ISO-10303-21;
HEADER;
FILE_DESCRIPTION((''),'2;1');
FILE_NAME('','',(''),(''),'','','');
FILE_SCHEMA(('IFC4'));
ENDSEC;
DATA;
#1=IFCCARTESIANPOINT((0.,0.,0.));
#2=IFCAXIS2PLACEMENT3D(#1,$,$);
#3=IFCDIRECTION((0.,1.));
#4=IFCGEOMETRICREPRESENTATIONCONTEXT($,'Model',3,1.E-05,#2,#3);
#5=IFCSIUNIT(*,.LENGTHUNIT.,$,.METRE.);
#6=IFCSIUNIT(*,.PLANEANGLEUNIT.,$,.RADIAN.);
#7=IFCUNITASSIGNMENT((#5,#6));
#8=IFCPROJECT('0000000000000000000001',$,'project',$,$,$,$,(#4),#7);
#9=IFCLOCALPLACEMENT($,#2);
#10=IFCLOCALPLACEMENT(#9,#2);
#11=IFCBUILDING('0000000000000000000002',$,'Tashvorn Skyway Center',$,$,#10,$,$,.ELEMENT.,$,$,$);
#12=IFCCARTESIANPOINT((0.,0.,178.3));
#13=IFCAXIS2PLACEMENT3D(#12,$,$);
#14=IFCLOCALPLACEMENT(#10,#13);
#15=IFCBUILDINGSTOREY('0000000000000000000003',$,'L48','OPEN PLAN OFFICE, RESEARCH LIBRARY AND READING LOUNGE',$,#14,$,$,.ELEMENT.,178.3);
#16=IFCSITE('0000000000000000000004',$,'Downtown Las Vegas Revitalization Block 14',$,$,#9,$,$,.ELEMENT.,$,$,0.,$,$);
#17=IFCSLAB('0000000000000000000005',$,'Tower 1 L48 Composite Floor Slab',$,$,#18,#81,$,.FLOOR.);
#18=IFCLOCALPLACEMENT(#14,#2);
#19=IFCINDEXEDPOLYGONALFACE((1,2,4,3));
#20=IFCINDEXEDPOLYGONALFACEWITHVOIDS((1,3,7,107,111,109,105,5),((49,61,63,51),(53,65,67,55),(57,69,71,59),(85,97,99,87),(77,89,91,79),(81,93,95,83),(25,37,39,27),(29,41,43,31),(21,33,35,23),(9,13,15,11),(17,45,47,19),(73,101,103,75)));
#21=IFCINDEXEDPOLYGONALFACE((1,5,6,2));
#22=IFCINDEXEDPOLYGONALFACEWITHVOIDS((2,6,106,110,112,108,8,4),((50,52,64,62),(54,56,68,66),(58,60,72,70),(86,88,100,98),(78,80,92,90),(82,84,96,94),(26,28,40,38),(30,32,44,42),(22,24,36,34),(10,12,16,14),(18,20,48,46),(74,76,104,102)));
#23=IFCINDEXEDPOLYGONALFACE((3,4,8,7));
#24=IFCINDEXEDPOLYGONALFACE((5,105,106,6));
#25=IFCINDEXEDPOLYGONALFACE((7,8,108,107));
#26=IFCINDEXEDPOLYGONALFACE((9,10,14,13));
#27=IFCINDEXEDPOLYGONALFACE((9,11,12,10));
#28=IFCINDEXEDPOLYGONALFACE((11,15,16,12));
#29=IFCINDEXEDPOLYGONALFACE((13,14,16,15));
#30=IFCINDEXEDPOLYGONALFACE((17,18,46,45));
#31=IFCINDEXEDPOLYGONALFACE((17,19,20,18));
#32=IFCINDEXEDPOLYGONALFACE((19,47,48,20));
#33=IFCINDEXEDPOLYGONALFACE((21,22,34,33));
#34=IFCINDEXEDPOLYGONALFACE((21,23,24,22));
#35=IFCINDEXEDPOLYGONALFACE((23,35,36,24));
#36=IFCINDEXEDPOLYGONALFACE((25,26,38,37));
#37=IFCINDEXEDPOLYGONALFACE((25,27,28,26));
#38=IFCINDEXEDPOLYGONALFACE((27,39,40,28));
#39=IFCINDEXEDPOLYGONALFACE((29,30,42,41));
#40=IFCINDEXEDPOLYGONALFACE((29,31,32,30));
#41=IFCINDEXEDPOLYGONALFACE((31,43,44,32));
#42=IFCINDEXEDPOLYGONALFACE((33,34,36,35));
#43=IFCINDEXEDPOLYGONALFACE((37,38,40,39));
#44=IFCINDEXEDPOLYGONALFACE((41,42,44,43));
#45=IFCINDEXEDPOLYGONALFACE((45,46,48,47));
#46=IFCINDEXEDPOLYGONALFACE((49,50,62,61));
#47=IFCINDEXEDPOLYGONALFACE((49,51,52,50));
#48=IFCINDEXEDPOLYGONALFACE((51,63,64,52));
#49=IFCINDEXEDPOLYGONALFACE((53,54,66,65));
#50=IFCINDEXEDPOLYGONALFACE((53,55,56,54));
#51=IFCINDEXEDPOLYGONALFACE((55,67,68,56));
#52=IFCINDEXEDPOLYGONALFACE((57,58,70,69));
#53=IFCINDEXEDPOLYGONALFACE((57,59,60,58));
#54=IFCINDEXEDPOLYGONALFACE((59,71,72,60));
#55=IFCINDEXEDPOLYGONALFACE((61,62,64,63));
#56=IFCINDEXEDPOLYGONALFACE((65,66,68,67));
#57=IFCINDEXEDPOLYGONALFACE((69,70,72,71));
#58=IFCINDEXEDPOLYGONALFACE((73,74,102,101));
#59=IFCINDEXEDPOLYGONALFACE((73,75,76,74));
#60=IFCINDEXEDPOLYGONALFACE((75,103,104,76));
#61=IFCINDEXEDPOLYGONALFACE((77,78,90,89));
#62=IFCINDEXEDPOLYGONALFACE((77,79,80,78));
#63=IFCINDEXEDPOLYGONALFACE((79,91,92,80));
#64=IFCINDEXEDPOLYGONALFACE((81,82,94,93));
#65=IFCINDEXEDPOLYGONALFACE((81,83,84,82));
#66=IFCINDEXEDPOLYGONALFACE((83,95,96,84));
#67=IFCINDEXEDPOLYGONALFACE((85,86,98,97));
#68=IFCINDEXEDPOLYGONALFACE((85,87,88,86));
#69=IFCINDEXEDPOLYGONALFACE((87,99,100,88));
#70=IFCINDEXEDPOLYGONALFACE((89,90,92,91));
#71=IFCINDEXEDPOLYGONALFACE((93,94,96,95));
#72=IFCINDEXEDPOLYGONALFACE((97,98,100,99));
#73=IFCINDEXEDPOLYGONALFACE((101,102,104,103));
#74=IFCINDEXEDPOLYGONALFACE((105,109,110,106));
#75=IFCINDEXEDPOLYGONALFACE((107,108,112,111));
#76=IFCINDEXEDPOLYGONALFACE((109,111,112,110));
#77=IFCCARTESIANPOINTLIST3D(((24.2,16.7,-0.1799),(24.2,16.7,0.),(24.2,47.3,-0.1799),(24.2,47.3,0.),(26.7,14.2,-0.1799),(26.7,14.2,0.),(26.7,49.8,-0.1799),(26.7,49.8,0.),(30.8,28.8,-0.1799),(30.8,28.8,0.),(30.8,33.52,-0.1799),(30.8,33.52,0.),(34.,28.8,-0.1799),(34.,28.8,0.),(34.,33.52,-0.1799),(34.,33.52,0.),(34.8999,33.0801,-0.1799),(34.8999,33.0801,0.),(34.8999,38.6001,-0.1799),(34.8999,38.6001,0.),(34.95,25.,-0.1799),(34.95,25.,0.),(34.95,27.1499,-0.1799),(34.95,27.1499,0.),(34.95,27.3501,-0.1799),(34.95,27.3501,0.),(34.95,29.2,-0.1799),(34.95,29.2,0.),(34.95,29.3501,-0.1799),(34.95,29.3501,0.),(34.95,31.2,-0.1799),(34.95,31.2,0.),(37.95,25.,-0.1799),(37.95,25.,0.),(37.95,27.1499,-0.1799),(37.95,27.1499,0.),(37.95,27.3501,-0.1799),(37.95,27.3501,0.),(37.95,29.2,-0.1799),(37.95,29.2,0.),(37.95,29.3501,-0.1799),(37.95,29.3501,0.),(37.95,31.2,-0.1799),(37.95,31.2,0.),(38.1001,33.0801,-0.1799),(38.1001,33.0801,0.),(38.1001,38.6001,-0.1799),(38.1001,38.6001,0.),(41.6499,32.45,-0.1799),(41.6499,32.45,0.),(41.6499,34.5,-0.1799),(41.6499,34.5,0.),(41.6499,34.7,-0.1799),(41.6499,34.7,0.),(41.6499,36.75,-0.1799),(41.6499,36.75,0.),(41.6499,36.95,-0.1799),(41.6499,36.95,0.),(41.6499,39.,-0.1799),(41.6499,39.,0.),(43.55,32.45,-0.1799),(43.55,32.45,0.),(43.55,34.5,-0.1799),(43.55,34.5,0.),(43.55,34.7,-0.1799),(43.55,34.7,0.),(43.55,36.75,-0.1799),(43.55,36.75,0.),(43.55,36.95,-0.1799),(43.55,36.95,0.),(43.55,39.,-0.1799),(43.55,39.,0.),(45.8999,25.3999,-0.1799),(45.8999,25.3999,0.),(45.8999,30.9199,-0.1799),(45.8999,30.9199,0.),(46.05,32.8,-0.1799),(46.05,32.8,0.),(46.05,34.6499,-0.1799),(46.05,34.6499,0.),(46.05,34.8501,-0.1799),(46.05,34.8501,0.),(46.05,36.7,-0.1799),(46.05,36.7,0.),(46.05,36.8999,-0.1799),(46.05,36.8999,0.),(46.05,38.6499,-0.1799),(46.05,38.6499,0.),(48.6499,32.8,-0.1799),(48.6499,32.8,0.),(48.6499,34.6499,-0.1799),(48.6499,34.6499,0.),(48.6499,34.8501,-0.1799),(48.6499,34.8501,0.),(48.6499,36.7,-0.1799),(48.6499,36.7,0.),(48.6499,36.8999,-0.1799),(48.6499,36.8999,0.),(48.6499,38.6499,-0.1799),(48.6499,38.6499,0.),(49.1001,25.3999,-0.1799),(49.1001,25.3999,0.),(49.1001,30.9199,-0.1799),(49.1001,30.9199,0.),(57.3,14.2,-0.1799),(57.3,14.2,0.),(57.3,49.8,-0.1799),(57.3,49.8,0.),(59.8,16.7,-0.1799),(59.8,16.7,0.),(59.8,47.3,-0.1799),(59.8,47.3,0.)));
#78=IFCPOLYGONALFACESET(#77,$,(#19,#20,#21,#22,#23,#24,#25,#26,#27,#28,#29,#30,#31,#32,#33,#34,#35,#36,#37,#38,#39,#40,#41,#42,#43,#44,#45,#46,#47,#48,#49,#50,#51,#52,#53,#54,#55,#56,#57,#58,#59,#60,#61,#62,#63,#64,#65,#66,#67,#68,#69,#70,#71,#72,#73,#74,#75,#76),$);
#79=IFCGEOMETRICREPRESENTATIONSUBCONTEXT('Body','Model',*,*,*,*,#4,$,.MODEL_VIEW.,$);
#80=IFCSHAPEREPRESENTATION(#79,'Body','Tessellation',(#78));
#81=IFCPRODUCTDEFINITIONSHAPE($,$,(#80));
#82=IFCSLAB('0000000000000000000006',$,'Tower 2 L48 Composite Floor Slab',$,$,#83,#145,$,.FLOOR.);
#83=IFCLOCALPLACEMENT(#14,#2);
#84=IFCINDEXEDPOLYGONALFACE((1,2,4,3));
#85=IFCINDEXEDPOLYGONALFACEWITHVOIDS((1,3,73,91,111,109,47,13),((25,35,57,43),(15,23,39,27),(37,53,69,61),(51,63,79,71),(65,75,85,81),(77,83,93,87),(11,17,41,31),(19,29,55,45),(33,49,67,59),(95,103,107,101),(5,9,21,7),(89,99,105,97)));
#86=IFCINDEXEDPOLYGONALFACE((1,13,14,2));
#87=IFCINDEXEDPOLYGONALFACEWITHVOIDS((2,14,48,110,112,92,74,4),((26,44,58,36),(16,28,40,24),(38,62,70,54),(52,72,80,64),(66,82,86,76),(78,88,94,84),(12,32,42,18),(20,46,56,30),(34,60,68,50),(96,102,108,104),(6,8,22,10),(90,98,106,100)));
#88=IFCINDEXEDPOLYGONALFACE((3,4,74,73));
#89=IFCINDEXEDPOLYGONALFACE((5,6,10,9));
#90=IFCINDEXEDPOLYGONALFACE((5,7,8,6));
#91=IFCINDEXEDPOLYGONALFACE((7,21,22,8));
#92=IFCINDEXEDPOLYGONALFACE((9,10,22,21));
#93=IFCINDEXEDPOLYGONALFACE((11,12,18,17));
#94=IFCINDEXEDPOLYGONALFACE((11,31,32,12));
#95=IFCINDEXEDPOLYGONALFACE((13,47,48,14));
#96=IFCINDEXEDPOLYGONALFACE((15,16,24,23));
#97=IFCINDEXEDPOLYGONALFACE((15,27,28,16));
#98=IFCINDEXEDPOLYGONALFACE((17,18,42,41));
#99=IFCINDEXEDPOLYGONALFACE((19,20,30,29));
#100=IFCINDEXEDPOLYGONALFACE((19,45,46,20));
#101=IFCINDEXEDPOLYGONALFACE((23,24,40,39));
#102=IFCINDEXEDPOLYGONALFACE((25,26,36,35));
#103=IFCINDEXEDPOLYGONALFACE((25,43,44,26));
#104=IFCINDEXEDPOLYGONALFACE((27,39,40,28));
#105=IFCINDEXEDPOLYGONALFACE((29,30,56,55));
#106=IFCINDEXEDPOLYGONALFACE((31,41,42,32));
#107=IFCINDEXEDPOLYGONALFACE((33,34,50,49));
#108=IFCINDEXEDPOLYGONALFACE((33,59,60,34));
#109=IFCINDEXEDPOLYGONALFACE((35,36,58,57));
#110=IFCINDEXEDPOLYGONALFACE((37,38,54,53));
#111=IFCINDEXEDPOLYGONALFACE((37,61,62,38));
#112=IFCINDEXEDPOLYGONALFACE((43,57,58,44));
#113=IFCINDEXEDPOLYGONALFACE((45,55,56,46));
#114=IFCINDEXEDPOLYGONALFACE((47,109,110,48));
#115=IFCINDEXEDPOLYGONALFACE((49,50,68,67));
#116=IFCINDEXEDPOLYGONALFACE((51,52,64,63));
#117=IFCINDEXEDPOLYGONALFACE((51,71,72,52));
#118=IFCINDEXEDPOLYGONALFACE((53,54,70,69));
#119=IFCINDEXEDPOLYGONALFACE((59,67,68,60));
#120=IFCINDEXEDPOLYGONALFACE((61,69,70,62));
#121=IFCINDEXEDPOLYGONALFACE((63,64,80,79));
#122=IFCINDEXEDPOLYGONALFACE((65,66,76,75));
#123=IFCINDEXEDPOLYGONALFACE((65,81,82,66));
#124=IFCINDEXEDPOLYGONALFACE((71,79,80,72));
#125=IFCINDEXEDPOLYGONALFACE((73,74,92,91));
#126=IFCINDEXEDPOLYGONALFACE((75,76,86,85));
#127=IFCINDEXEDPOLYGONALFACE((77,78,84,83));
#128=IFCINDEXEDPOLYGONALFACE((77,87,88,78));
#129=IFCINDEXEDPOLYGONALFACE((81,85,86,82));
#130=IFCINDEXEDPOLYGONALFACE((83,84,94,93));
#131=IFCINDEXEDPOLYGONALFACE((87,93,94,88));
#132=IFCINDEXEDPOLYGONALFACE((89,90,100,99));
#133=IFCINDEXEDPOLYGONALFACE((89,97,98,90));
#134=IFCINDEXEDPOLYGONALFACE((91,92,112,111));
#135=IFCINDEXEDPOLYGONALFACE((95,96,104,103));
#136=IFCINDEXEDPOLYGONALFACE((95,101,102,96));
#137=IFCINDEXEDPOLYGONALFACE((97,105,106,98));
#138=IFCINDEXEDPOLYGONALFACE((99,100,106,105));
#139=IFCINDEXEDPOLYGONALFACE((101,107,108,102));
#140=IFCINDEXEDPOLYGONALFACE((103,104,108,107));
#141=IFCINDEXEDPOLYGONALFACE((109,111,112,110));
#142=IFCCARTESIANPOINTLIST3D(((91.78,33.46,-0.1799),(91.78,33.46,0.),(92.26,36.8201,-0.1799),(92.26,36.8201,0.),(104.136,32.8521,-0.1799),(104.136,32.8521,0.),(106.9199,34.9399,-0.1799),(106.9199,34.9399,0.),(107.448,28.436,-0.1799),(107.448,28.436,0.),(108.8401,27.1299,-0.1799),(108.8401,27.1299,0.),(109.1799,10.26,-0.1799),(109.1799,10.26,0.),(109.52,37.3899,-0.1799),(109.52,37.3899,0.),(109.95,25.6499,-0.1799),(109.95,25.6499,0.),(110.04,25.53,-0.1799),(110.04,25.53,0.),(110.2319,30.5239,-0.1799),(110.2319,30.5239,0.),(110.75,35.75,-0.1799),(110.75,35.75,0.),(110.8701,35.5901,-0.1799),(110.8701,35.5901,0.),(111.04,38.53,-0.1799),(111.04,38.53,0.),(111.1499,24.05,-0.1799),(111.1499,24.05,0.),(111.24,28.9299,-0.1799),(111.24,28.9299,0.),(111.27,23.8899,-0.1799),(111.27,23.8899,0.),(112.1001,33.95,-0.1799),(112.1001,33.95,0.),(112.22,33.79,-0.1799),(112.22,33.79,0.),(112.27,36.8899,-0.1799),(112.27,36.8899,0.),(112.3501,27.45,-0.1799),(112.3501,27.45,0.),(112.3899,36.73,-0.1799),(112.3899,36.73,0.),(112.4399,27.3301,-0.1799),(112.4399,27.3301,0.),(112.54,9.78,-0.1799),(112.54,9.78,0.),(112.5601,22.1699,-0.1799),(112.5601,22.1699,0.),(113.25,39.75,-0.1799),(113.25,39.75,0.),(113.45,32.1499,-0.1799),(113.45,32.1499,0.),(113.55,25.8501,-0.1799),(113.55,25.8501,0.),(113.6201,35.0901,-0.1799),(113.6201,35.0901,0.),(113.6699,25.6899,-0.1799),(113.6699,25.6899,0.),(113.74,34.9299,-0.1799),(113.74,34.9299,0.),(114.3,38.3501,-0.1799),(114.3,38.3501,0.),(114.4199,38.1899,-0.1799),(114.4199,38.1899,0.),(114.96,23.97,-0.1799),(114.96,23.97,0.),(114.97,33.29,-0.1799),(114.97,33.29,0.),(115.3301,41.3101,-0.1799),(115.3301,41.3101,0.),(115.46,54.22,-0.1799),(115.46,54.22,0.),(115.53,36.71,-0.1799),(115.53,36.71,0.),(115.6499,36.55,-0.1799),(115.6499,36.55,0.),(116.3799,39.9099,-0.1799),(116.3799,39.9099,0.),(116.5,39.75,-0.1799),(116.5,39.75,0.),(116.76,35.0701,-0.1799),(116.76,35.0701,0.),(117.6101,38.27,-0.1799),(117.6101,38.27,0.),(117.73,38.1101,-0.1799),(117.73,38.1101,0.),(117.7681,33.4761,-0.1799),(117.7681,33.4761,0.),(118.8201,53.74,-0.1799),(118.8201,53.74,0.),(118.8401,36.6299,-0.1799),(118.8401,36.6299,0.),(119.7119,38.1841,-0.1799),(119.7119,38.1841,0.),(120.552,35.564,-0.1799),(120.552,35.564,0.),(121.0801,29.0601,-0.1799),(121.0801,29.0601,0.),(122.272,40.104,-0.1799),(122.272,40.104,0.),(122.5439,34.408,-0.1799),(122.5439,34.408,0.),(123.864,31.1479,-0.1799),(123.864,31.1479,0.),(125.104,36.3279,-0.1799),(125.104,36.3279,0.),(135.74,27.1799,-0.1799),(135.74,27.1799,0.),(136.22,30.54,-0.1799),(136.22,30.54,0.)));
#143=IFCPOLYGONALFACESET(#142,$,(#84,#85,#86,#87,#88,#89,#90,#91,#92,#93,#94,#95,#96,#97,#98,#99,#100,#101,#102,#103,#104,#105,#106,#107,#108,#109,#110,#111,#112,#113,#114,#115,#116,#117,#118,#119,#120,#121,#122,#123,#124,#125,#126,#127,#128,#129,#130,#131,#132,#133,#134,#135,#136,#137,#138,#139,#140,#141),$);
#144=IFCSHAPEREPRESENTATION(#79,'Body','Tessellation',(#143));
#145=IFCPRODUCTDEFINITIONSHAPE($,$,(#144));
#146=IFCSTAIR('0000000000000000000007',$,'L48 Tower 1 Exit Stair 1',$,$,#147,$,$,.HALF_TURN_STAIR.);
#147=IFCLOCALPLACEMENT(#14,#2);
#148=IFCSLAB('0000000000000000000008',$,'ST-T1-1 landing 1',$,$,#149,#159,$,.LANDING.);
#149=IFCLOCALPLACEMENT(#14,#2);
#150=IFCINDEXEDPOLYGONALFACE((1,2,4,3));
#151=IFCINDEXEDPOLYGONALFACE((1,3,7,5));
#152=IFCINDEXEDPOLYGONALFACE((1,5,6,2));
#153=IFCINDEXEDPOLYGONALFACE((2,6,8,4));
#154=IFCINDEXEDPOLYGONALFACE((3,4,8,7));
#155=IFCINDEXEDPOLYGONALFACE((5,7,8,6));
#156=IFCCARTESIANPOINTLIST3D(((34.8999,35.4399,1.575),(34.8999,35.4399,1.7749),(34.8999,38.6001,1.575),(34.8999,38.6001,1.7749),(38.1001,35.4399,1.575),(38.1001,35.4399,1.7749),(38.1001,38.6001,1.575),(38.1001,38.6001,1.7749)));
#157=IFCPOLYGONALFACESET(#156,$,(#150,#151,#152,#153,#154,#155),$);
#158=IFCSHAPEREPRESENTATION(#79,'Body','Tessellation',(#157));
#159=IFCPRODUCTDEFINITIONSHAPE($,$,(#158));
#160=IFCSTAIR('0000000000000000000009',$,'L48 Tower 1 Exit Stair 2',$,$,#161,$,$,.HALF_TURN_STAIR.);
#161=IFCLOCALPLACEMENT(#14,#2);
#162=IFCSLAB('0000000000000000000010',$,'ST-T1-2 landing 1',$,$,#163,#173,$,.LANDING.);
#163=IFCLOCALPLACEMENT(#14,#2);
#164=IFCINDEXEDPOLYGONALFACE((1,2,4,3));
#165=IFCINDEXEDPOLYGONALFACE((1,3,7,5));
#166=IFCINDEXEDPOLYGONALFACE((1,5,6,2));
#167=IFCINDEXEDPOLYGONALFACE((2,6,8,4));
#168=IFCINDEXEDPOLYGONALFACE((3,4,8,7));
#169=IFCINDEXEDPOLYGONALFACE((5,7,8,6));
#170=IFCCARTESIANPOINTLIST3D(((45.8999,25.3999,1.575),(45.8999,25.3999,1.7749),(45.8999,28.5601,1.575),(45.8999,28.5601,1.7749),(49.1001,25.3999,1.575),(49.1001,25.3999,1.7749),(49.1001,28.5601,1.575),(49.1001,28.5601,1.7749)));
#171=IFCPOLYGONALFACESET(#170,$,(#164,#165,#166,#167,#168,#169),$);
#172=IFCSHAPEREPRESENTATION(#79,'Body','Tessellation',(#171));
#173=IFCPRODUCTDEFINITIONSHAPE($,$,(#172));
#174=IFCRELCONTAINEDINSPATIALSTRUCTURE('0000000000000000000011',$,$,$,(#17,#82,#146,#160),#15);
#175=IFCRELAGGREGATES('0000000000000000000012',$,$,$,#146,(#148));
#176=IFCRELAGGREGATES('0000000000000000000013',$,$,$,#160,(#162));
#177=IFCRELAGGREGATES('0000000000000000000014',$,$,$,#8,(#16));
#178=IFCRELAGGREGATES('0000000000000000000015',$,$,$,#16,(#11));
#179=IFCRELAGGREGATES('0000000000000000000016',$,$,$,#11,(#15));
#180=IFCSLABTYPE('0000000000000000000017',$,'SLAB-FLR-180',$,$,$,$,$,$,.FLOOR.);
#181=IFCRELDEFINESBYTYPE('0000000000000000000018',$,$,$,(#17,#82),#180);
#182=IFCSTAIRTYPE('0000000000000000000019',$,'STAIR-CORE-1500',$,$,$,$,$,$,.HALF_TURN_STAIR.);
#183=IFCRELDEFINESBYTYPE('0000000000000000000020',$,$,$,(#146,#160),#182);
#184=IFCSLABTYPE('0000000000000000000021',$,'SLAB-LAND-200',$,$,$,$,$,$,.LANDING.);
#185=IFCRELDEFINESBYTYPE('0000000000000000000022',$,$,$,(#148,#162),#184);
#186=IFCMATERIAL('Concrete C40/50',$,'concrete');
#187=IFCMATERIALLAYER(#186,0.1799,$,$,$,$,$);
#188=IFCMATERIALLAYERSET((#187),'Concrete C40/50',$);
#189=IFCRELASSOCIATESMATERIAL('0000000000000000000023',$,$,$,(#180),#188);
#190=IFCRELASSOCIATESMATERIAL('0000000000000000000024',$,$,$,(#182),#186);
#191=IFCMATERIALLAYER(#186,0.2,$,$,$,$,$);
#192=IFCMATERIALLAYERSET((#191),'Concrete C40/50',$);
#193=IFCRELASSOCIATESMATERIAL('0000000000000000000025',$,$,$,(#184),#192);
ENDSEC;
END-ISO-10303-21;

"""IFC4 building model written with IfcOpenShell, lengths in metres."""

from ifc_helpers import new_model, si_unit, direction, frame, origin, place, context, subcontext, project, spatial, polyline, outline, extrude, material, layer, layer_set, type_object, element, aggregate, save


model = new_model("IFC4")

# Units and contexts
model_context = context("Model", 3, precision=1e-05, world=origin(), true_north=direction((0.0, 1.0)))
body_context = subcontext(model_context, "Body", "Model", "MODEL_VIEW")
ifc_project = project(units=[si_unit("LENGTHUNIT", "METRE"), si_unit("PLANEANGLEUNIT", "RADIAN")], contexts=[model_context])

# Site, building, storey
site_placement = place(None, origin())
site = spatial("IfcSite", under=ifc_project, at=site_placement, Name="Downtown Las Vegas Revitalization Block 14", CompositionType="ELEMENT", RefElevation=0.0)
building_placement = place(site_placement, origin())
building = spatial("IfcBuilding", under=site, at=building_placement, Name="Tashvorn Skyway Center", CompositionType="ELEMENT")
storey_placement = place(building_placement, frame((0.0, 0.0, 178.3)))
storey = spatial("IfcBuildingStorey", under=building, at=storey_placement, Name="L48", Description="OPEN PLAN OFFICE, RESEARCH LIBRARY AND READING LOUNGE", CompositionType="ELEMENT", Elevation=178.3)

# Slabs
ifc_material_1 = material(Name="Concrete C40/50", Category="concrete")
ifc_layer_1 = layer(ifc_material_1, 0.1799)
ifc_layer_set_1 = layer_set([ifc_layer_1], Name="Concrete C40/50")
slab_type_1 = type_object("IfcSlabType", Name="SLAB-FLR-180", PredefinedType="FLOOR", material=ifc_layer_set_1)
slab_1_placement = place(storey_placement, frame((0.0, 0.0, -0.1799)))
element("IfcSlab", 1, at=slab_1_placement, inside=storey, type_object=slab_type_1, Name="Tower 1 L48 Composite Floor Slab", PredefinedType="FLOOR", context=body_context, shape_type="SweptSolid", body=[
    extrude(outline(polyline([(26.7, 14.2), (57.3, 14.2), (59.8, 16.7), (59.8, 47.3), (57.3, 49.8), (26.7, 49.8), (24.2, 47.3), (24.2, 16.7), (26.7, 14.2)]), holes=[polyline([(38.1001, 33.0801), (38.1001, 38.6001), (34.8999, 38.6001), (34.8999, 33.0801), (38.1001, 33.0801)]), polyline([(45.8999, 30.9199), (45.8999, 25.3999), (49.1001, 25.3999), (49.1001, 30.9199), (45.8999, 30.9199)]), polyline([(30.8, 33.52), (30.8, 28.8), (34.0, 28.8), (34.0, 33.52), (30.8, 33.52)]), polyline([(34.95, 29.3501), (37.95, 29.3501), (37.95, 31.2), (34.95, 31.2), (34.95, 29.3501)]), polyline([(34.95, 27.3501), (37.95, 27.3501), (37.95, 29.2), (34.95, 29.2), (34.95, 27.3501)]), polyline([(34.95, 25.0), (37.95, 25.0), (37.95, 27.1499), (34.95, 27.1499), (34.95, 25.0)]), polyline([(41.6499, 32.45), (43.55, 32.45), (43.55, 34.5), (41.6499, 34.5), (41.6499, 32.45)]), polyline([(41.6499, 34.7), (43.55, 34.7), (43.55, 36.75), (41.6499, 36.75), (41.6499, 34.7)]), polyline([(41.6499, 36.95), (43.55, 36.95), (43.55, 39.0), (41.6499, 39.0), (41.6499, 36.95)]), polyline([(46.05, 32.8), (48.6499, 32.8), (48.6499, 34.6499), (46.05, 34.6499), (46.05, 32.8)]), polyline([(46.05, 34.8501), (48.6499, 34.8501), (48.6499, 36.7), (46.05, 36.7), (46.05, 34.8501)]), polyline([(46.05, 36.8999), (48.6499, 36.8999), (48.6499, 38.6499), (46.05, 38.6499), (46.05, 36.8999)])]), origin(), (0.0, 0.0, 1.0), 0.1799),
])
slab_2_placement = place(storey_placement, frame((0.0, 0.0, -0.1799)))
element("IfcSlab", 2, at=slab_2_placement, inside=storey, type_object=slab_type_1, Name="Tower 2 L48 Composite Floor Slab", PredefinedType="FLOOR", context=body_context, shape_type="SweptSolid", body=[
    extrude(outline(polyline([(112.54, 9.78), (135.74, 27.1799), (136.22, 30.54), (118.8201, 53.74), (115.46, 54.22), (92.26, 36.8201), (91.78, 33.46), (109.1799, 10.26), (112.54, 9.78)]), holes=[polyline([(110.2319, 30.5239), (106.9199, 34.9399), (104.136, 32.8521), (107.448, 28.436), (110.2319, 30.5239)]), polyline([(117.7681, 33.4761), (121.0801, 29.0601), (123.864, 31.1479), (120.552, 35.564), (117.7681, 33.4761)]), polyline([(119.7119, 38.1841), (122.5439, 34.408), (125.104, 36.3279), (122.272, 40.104), (119.7119, 38.1841)]), polyline([(109.95, 25.6499), (112.3501, 27.45), (111.24, 28.9299), (108.8401, 27.1299), (109.95, 25.6499)]), polyline([(111.1499, 24.05), (113.55, 25.8501), (112.4399, 27.3301), (110.04, 25.53), (111.1499, 24.05)]), polyline([(112.5601, 22.1699), (114.96, 23.97), (113.6699, 25.6899), (111.27, 23.8899), (112.5601, 22.1699)]), polyline([(113.45, 32.1499), (114.97, 33.29), (113.74, 34.9299), (112.22, 33.79), (113.45, 32.1499)]), polyline([(112.1001, 33.95), (113.6201, 35.0901), (112.3899, 36.73), (110.8701, 35.5901), (112.1001, 33.95)]), polyline([(110.75, 35.75), (112.27, 36.8899), (111.04, 38.53), (109.52, 37.3899), (110.75, 35.75)]), polyline([(116.76, 35.0701), (118.8401, 36.6299), (117.73, 38.1101), (115.6499, 36.55), (116.76, 35.0701)]), polyline([(115.53, 36.71), (117.6101, 38.27), (116.5, 39.75), (114.4199, 38.1899), (115.53, 36.71)]), polyline([(114.3, 38.3501), (116.3799, 39.9099), (115.3301, 41.3101), (113.25, 39.75), (114.3, 38.3501)])]), origin(), (0.0, 0.0, 1.0), 0.1799),
])

# Stairs, slabs
stair_type = type_object("IfcStairType", Name="STAIR-CORE-1500", PredefinedType="HALF_TURN_STAIR", material=ifc_material_1)
stair_1_placement = place(storey_placement, origin())
stair_1 = element("IfcStair", 3, at=stair_1_placement, inside=storey, type_object=stair_type, Name="L48 Tower 1 Exit Stair 1", PredefinedType="HALF_TURN_STAIR")
ifc_layer_2 = layer(ifc_material_1, 0.2)
ifc_layer_set_2 = layer_set([ifc_layer_2], Name="Concrete C40/50")
slab_type_2 = type_object("IfcSlabType", Name="SLAB-LAND-200", PredefinedType="LANDING", material=ifc_layer_set_2)
slab_3_placement = place(storey_placement, frame((0.0, 0.0, 1.575)))
slab_3 = element("IfcSlab", 4, at=slab_3_placement, type_object=slab_type_2, Name="ST-T1-1 landing 1", PredefinedType="LANDING", context=body_context, shape_type="SweptSolid", body=[
    extrude(outline(polyline([(38.1001, 35.4399), (38.1001, 38.6001), (34.8999, 38.6001), (34.8999, 35.4399), (38.1001, 35.4399)])), origin(), (0.0, 0.0, 1.0), 0.2),
])
aggregate(stair_1, [slab_3])
stair_2_placement = place(storey_placement, origin())
stair_2 = element("IfcStair", 5, at=stair_2_placement, inside=storey, type_object=stair_type, Name="L48 Tower 1 Exit Stair 2", PredefinedType="HALF_TURN_STAIR")
slab_4_placement = place(storey_placement, frame((0.0, 0.0, 1.575)))
slab_4 = element("IfcSlab", 6, at=slab_4_placement, type_object=slab_type_2, Name="ST-T1-2 landing 1", PredefinedType="LANDING", context=body_context, shape_type="SweptSolid", body=[
    extrude(outline(polyline([(45.8999, 28.5601), (45.8999, 25.3999), (49.1001, 25.3999), (49.1001, 28.5601), (45.8999, 28.5601)])), origin(), (0.0, 0.0, 1.0), 0.2),
])
aggregate(stair_2, [slab_4])

save(model, "model.ifc")
